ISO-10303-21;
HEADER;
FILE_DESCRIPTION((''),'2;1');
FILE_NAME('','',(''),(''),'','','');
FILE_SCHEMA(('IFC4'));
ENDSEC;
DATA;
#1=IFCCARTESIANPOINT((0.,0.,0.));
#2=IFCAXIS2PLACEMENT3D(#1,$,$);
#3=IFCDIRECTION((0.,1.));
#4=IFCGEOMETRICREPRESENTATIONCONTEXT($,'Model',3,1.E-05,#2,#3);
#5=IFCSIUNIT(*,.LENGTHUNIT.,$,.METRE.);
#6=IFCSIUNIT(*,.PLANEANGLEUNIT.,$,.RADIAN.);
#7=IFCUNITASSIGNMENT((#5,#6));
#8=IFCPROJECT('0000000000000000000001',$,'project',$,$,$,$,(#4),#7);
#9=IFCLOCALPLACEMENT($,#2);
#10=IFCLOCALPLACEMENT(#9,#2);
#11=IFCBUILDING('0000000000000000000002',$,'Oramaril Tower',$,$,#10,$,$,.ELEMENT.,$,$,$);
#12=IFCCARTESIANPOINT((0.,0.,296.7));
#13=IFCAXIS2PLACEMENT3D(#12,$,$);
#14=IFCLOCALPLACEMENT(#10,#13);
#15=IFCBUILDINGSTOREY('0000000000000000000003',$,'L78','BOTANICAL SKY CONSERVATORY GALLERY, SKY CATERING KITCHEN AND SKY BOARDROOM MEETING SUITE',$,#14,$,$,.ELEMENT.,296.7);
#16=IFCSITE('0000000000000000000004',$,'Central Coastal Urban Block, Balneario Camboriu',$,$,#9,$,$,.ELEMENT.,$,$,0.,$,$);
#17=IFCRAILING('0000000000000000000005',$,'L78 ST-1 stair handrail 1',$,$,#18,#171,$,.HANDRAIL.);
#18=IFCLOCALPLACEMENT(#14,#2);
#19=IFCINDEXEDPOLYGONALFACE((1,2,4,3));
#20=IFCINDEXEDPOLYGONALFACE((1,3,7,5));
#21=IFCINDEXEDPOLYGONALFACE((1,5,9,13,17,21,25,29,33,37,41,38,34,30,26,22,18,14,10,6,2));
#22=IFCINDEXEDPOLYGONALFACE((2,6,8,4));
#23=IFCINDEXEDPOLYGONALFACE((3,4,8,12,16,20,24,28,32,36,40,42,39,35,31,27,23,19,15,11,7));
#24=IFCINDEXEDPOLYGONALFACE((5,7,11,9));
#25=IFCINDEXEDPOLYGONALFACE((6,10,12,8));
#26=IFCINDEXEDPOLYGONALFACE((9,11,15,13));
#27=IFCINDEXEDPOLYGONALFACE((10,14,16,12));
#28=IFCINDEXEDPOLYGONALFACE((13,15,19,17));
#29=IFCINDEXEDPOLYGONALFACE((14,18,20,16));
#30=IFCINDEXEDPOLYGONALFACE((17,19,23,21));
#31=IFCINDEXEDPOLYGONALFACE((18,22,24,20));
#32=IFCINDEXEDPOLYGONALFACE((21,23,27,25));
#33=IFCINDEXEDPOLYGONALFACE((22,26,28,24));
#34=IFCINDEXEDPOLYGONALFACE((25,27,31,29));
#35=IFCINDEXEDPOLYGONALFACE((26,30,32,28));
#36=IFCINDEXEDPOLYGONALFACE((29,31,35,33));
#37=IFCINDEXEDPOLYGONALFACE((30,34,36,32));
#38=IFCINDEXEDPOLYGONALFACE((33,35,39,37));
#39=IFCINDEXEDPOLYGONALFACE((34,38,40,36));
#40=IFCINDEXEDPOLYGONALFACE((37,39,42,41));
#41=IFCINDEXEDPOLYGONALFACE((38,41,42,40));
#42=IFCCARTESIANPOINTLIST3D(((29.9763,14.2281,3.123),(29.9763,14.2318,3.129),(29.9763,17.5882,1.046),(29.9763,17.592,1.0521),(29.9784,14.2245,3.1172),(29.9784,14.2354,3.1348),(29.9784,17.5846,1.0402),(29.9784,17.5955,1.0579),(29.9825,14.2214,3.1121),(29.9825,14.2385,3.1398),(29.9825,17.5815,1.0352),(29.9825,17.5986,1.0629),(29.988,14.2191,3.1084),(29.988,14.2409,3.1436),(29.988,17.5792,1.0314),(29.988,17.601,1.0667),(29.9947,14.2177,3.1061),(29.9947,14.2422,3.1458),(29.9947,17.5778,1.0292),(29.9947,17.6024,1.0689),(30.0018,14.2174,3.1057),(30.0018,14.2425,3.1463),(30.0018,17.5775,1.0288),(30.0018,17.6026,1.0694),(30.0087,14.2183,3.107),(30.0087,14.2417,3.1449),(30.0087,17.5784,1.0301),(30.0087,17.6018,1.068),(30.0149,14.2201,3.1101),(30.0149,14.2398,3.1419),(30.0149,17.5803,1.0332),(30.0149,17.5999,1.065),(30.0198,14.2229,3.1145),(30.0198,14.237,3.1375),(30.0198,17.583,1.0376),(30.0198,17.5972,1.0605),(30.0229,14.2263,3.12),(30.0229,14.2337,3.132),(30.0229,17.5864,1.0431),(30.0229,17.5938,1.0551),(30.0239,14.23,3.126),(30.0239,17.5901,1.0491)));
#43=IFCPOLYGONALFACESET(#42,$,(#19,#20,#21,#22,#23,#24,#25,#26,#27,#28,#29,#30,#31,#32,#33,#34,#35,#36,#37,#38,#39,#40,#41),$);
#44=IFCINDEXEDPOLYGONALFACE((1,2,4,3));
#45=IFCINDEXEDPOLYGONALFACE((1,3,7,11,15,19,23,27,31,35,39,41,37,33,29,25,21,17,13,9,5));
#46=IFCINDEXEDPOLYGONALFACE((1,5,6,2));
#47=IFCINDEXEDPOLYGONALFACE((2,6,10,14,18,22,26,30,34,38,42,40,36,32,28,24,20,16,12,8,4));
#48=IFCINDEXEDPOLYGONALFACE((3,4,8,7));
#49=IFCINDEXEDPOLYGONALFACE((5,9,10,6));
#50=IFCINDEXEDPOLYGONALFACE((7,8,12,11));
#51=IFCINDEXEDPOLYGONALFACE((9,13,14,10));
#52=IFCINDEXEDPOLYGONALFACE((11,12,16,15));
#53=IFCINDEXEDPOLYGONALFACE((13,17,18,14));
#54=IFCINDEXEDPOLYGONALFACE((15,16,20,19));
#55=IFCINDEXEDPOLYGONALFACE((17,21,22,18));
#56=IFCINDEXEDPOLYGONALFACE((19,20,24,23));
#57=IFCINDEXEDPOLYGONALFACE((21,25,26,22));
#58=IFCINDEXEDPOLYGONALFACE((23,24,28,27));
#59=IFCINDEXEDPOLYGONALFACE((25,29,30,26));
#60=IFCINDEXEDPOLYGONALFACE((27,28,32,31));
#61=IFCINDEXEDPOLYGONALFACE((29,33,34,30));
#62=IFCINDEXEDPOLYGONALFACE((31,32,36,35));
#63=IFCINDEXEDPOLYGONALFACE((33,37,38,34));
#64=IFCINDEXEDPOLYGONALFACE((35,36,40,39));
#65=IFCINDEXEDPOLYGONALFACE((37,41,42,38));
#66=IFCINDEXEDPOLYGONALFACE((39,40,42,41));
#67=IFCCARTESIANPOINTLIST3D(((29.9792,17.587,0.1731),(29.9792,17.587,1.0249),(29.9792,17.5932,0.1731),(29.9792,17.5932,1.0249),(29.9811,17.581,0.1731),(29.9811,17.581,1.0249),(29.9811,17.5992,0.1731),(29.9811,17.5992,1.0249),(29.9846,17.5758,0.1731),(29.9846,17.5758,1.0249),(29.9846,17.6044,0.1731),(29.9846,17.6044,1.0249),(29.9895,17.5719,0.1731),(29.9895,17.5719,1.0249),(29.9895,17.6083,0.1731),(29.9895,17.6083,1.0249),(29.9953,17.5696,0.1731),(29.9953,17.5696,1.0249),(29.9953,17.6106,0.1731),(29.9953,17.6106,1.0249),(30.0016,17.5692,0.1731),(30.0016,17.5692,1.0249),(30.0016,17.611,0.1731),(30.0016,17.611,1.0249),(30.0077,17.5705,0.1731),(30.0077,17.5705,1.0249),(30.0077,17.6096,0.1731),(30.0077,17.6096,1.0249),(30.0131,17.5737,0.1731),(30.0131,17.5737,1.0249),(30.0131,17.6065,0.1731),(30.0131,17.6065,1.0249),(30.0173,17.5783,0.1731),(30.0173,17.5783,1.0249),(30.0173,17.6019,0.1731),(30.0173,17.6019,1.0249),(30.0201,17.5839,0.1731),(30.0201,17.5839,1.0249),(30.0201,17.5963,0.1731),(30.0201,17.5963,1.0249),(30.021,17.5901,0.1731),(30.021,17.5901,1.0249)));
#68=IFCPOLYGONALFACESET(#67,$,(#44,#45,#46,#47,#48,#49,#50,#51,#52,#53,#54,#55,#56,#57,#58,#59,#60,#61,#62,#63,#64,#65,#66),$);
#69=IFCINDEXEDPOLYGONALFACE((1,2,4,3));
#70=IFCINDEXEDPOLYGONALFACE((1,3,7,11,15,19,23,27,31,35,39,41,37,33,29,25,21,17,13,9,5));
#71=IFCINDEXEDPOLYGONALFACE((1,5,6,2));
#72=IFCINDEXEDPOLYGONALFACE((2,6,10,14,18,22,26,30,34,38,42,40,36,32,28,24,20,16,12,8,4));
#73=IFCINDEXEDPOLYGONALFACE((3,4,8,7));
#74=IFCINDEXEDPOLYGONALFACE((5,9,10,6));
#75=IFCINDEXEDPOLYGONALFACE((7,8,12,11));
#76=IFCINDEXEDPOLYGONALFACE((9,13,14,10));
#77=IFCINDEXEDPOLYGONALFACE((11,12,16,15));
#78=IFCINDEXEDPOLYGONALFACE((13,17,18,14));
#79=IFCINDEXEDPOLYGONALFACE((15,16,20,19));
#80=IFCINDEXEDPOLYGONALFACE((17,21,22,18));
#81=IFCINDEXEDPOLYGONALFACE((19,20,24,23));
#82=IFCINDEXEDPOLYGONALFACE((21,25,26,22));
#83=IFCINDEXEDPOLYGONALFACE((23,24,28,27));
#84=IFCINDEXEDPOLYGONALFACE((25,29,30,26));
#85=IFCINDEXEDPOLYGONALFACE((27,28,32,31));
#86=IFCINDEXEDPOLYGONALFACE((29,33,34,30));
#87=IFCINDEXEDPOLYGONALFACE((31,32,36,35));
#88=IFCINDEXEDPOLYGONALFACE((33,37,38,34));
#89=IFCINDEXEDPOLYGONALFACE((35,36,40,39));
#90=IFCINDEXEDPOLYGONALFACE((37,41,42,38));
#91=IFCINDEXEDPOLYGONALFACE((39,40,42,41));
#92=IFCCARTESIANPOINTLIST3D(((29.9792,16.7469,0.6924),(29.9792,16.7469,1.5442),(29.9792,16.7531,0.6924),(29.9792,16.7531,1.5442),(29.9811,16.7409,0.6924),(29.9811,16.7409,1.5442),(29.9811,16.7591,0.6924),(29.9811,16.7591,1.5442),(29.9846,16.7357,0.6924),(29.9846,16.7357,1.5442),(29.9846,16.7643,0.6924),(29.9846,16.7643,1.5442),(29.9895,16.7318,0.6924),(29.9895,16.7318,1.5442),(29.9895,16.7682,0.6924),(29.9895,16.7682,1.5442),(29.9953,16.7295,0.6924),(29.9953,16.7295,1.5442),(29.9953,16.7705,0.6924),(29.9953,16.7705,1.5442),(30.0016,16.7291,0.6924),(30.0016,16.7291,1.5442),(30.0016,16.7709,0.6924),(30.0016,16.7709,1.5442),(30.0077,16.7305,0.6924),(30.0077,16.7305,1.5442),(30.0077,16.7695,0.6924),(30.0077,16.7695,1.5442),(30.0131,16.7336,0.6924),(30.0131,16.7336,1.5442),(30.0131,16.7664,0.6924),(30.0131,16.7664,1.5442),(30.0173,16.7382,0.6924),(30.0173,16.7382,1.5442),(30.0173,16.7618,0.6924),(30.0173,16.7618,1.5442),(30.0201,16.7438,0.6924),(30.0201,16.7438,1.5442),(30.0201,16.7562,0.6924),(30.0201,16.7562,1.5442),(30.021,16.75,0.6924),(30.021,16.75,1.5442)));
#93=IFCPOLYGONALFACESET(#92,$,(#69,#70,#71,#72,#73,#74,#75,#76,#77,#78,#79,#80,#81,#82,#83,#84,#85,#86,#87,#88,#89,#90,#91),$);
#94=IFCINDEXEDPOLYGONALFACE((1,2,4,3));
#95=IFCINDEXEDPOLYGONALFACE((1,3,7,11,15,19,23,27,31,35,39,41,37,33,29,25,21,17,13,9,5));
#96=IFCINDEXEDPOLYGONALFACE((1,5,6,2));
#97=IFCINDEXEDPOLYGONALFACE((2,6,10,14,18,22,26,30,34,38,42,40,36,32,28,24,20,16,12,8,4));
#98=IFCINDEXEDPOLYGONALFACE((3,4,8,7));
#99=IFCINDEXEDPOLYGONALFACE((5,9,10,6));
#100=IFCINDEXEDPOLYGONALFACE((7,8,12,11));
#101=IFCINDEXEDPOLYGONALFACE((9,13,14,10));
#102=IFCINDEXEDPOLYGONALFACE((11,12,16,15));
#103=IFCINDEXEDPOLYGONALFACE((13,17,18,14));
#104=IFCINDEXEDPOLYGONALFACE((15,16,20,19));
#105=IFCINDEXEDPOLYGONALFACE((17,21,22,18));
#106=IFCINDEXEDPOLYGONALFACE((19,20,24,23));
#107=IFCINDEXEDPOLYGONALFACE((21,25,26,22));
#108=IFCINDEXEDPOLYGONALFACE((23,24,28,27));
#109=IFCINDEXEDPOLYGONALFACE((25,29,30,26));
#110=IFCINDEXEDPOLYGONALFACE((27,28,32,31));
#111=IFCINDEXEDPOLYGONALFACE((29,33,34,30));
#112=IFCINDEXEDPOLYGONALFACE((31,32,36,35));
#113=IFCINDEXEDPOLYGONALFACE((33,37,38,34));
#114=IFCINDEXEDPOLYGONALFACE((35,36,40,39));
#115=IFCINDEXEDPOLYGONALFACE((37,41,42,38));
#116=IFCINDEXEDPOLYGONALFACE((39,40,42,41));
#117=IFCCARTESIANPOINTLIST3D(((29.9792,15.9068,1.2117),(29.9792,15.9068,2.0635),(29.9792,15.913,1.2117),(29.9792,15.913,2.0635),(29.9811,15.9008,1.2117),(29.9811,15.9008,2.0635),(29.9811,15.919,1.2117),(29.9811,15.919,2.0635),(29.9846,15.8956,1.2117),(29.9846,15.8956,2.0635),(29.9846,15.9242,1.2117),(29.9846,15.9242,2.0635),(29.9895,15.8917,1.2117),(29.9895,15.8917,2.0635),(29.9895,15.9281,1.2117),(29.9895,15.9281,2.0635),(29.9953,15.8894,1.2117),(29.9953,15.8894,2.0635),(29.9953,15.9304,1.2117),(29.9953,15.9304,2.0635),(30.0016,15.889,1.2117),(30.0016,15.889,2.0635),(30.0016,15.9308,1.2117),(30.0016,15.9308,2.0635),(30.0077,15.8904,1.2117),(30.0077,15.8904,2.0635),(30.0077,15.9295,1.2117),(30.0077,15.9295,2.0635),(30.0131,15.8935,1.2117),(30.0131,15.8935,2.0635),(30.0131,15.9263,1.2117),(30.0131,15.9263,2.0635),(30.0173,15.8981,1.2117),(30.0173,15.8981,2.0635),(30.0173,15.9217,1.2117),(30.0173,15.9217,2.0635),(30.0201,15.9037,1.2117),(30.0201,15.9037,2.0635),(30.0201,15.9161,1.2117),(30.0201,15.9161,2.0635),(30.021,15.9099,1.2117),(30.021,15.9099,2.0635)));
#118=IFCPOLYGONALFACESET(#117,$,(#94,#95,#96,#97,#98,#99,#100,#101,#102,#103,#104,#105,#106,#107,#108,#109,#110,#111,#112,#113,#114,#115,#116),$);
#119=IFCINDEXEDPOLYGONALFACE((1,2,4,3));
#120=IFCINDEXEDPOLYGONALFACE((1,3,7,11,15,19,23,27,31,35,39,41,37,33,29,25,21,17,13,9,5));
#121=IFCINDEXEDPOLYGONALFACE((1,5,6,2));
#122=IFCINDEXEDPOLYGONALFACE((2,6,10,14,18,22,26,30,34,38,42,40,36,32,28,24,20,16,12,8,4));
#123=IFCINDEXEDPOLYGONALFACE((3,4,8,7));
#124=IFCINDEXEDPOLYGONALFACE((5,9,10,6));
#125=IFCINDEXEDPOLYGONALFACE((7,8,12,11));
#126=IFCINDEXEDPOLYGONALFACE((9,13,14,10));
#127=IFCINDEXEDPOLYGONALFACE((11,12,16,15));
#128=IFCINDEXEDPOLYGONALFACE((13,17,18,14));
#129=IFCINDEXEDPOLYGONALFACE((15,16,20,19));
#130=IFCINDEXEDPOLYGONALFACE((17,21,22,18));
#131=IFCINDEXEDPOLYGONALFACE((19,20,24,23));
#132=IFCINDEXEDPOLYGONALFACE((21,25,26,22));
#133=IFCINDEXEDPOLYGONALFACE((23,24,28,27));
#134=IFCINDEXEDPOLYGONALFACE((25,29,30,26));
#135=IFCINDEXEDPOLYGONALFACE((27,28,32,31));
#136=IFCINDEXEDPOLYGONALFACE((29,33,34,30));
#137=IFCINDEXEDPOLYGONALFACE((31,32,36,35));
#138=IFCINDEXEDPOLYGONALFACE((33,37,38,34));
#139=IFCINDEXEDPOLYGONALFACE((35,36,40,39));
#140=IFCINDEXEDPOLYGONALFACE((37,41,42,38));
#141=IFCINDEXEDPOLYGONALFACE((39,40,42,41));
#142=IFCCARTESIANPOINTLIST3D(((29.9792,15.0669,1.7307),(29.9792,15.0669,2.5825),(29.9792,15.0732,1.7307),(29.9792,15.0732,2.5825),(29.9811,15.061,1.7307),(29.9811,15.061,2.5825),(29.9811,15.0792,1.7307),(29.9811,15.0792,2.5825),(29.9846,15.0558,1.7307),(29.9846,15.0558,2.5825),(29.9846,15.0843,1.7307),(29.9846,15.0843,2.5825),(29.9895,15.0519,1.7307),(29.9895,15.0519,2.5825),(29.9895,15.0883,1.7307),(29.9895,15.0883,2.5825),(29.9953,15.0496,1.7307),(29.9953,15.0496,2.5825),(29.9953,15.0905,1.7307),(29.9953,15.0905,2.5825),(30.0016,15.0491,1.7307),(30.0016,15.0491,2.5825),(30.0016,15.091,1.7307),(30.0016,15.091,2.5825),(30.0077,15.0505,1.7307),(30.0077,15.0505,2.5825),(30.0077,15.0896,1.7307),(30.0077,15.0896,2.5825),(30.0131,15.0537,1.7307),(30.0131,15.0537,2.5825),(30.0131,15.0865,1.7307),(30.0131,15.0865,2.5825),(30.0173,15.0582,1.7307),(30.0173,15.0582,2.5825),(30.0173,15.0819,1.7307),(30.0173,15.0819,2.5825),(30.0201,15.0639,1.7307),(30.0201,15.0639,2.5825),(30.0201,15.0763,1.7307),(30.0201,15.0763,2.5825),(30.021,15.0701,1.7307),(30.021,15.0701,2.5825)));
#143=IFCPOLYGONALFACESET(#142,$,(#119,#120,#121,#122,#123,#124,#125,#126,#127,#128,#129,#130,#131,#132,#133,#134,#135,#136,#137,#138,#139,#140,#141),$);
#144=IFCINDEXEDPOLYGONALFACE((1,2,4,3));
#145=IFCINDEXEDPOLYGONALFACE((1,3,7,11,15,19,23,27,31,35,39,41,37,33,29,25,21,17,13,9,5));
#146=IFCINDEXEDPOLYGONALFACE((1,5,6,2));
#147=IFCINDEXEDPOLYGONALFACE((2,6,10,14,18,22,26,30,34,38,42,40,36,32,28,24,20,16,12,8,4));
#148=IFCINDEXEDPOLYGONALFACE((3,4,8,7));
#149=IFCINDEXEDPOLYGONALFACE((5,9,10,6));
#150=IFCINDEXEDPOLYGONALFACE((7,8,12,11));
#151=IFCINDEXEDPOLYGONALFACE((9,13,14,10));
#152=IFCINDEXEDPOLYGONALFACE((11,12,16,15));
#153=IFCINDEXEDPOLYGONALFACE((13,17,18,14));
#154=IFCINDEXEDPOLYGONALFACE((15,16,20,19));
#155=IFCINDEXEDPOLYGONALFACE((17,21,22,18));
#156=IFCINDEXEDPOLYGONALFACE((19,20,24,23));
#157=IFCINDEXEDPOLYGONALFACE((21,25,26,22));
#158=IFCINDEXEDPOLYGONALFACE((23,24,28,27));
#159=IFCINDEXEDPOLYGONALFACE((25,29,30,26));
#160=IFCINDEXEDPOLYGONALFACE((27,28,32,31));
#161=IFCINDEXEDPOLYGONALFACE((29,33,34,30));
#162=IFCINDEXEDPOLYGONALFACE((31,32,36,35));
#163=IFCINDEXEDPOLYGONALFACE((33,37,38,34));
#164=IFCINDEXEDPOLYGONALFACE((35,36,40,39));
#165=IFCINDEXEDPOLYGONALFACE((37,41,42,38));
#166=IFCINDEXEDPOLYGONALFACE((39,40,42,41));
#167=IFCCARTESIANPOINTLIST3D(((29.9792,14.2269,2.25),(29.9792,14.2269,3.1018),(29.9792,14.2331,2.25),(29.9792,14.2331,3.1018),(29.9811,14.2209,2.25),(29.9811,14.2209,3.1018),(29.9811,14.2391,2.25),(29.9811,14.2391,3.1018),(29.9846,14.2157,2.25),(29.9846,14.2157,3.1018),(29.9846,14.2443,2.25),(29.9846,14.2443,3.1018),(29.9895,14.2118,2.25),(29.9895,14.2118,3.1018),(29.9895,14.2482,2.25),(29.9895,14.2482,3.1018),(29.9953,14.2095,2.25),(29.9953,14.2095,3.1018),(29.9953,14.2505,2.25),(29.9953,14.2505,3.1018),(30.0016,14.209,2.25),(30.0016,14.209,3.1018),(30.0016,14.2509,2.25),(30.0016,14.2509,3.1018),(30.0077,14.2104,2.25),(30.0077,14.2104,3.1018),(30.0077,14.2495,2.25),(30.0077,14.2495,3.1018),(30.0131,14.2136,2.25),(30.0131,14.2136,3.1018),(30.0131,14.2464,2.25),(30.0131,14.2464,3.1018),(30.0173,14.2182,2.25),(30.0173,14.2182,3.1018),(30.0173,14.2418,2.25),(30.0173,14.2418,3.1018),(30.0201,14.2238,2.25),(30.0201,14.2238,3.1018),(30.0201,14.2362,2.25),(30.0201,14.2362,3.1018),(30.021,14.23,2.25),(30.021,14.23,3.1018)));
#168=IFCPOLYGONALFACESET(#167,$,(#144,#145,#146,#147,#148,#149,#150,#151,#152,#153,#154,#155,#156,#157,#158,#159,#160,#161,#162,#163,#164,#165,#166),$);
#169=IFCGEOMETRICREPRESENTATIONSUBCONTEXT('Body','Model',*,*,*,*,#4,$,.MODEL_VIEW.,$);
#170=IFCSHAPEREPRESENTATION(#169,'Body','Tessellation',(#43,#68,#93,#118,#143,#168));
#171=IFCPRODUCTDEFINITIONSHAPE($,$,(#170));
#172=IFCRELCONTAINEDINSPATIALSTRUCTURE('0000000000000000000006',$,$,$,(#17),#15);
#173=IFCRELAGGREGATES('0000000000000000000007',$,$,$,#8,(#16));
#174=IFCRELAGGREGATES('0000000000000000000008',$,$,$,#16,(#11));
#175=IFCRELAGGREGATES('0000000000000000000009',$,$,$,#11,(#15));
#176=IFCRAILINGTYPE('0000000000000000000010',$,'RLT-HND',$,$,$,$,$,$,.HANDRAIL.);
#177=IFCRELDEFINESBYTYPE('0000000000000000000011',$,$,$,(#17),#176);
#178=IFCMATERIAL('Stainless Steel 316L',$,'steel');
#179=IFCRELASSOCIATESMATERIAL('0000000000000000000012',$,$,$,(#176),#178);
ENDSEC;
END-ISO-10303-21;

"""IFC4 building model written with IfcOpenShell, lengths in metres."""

from ifc_helpers import new_model, si_unit, direction, frame, origin, origin_2d, place, context, subcontext, project, spatial, circle, extrude, material, type_object, element, save


model = new_model("IFC4")

# Units and contexts
model_context = context("Model", 3, precision=1e-05, world=origin(), true_north=direction((0.0, 1.0)))
body_context = subcontext(model_context, "Body", "Model", "MODEL_VIEW")
ifc_project = project(units=[si_unit("LENGTHUNIT", "METRE"), si_unit("PLANEANGLEUNIT", "RADIAN")], contexts=[model_context])

# Site, building, storey
site_placement = place(None, origin())
site = spatial("IfcSite", under=ifc_project, at=site_placement, Name="Central Coastal Urban Block, Balneario Camboriu", CompositionType="ELEMENT", RefElevation=0.0)
building_placement = place(site_placement, origin())
building = spatial("IfcBuilding", under=site, at=building_placement, Name="Oramaril Tower", CompositionType="ELEMENT")
storey_placement = place(building_placement, frame((0.0, 0.0, 296.7)))
storey = spatial("IfcBuildingStorey", under=building, at=storey_placement, Name="L78", Description="BOTANICAL SKY CONSERVATORY GALLERY, SKY CATERING KITCHEN AND SKY BOARDROOM MEETING SUITE", CompositionType="ELEMENT", Elevation=296.7)

# Railing
ifc_material_1 = material(Name="Stainless Steel 316L", Category="steel")
railing_type_1 = type_object("IfcRailingType", Name="RLT-HND", PredefinedType="HANDRAIL", material=ifc_material_1)
railing_1_placement = place(storey_placement, frame((30.0, 17.5901, 0.1731)))
element("IfcRailing", 1, at=railing_1_placement, inside=storey, type_object=railing_type_1, Name="L78 ST-1 stair handrail 1", PredefinedType="HANDRAIL", context=body_context, shape_type="SweptSolid", body=[
    extrude(circle(Radius=0.0239, at=origin_2d()), frame((0.0, 0.0, 0.876), z_axis=(0.0, -0.850623, 0.525776), x_axis=(1.0, 0.0, 0.0)), (0.0, 0.0, 1.0), 3.9502),
    extrude(circle(Radius=0.021, at=origin_2d()), origin(), (0.0, 0.0, 1.0), 0.8518),
    extrude(circle(Radius=0.021, at=origin_2d()), frame((0.0, -0.8401, 0.5193)), (0.0, 0.0, 1.0), 0.8518),
    extrude(circle(Radius=0.021, at=origin_2d()), frame((0.0, -1.6802, 1.0386)), (0.0, 0.0, 1.0), 0.8518),
    extrude(circle(Radius=0.021, at=origin_2d()), frame((0.0, -2.52, 1.5576)), (0.0, 0.0, 1.0), 0.8518),
    extrude(circle(Radius=0.021, at=origin_2d()), frame((0.0, -3.3601, 2.0769)), (0.0, 0.0, 1.0), 0.8518),
])

save(model, "model.ifc")
